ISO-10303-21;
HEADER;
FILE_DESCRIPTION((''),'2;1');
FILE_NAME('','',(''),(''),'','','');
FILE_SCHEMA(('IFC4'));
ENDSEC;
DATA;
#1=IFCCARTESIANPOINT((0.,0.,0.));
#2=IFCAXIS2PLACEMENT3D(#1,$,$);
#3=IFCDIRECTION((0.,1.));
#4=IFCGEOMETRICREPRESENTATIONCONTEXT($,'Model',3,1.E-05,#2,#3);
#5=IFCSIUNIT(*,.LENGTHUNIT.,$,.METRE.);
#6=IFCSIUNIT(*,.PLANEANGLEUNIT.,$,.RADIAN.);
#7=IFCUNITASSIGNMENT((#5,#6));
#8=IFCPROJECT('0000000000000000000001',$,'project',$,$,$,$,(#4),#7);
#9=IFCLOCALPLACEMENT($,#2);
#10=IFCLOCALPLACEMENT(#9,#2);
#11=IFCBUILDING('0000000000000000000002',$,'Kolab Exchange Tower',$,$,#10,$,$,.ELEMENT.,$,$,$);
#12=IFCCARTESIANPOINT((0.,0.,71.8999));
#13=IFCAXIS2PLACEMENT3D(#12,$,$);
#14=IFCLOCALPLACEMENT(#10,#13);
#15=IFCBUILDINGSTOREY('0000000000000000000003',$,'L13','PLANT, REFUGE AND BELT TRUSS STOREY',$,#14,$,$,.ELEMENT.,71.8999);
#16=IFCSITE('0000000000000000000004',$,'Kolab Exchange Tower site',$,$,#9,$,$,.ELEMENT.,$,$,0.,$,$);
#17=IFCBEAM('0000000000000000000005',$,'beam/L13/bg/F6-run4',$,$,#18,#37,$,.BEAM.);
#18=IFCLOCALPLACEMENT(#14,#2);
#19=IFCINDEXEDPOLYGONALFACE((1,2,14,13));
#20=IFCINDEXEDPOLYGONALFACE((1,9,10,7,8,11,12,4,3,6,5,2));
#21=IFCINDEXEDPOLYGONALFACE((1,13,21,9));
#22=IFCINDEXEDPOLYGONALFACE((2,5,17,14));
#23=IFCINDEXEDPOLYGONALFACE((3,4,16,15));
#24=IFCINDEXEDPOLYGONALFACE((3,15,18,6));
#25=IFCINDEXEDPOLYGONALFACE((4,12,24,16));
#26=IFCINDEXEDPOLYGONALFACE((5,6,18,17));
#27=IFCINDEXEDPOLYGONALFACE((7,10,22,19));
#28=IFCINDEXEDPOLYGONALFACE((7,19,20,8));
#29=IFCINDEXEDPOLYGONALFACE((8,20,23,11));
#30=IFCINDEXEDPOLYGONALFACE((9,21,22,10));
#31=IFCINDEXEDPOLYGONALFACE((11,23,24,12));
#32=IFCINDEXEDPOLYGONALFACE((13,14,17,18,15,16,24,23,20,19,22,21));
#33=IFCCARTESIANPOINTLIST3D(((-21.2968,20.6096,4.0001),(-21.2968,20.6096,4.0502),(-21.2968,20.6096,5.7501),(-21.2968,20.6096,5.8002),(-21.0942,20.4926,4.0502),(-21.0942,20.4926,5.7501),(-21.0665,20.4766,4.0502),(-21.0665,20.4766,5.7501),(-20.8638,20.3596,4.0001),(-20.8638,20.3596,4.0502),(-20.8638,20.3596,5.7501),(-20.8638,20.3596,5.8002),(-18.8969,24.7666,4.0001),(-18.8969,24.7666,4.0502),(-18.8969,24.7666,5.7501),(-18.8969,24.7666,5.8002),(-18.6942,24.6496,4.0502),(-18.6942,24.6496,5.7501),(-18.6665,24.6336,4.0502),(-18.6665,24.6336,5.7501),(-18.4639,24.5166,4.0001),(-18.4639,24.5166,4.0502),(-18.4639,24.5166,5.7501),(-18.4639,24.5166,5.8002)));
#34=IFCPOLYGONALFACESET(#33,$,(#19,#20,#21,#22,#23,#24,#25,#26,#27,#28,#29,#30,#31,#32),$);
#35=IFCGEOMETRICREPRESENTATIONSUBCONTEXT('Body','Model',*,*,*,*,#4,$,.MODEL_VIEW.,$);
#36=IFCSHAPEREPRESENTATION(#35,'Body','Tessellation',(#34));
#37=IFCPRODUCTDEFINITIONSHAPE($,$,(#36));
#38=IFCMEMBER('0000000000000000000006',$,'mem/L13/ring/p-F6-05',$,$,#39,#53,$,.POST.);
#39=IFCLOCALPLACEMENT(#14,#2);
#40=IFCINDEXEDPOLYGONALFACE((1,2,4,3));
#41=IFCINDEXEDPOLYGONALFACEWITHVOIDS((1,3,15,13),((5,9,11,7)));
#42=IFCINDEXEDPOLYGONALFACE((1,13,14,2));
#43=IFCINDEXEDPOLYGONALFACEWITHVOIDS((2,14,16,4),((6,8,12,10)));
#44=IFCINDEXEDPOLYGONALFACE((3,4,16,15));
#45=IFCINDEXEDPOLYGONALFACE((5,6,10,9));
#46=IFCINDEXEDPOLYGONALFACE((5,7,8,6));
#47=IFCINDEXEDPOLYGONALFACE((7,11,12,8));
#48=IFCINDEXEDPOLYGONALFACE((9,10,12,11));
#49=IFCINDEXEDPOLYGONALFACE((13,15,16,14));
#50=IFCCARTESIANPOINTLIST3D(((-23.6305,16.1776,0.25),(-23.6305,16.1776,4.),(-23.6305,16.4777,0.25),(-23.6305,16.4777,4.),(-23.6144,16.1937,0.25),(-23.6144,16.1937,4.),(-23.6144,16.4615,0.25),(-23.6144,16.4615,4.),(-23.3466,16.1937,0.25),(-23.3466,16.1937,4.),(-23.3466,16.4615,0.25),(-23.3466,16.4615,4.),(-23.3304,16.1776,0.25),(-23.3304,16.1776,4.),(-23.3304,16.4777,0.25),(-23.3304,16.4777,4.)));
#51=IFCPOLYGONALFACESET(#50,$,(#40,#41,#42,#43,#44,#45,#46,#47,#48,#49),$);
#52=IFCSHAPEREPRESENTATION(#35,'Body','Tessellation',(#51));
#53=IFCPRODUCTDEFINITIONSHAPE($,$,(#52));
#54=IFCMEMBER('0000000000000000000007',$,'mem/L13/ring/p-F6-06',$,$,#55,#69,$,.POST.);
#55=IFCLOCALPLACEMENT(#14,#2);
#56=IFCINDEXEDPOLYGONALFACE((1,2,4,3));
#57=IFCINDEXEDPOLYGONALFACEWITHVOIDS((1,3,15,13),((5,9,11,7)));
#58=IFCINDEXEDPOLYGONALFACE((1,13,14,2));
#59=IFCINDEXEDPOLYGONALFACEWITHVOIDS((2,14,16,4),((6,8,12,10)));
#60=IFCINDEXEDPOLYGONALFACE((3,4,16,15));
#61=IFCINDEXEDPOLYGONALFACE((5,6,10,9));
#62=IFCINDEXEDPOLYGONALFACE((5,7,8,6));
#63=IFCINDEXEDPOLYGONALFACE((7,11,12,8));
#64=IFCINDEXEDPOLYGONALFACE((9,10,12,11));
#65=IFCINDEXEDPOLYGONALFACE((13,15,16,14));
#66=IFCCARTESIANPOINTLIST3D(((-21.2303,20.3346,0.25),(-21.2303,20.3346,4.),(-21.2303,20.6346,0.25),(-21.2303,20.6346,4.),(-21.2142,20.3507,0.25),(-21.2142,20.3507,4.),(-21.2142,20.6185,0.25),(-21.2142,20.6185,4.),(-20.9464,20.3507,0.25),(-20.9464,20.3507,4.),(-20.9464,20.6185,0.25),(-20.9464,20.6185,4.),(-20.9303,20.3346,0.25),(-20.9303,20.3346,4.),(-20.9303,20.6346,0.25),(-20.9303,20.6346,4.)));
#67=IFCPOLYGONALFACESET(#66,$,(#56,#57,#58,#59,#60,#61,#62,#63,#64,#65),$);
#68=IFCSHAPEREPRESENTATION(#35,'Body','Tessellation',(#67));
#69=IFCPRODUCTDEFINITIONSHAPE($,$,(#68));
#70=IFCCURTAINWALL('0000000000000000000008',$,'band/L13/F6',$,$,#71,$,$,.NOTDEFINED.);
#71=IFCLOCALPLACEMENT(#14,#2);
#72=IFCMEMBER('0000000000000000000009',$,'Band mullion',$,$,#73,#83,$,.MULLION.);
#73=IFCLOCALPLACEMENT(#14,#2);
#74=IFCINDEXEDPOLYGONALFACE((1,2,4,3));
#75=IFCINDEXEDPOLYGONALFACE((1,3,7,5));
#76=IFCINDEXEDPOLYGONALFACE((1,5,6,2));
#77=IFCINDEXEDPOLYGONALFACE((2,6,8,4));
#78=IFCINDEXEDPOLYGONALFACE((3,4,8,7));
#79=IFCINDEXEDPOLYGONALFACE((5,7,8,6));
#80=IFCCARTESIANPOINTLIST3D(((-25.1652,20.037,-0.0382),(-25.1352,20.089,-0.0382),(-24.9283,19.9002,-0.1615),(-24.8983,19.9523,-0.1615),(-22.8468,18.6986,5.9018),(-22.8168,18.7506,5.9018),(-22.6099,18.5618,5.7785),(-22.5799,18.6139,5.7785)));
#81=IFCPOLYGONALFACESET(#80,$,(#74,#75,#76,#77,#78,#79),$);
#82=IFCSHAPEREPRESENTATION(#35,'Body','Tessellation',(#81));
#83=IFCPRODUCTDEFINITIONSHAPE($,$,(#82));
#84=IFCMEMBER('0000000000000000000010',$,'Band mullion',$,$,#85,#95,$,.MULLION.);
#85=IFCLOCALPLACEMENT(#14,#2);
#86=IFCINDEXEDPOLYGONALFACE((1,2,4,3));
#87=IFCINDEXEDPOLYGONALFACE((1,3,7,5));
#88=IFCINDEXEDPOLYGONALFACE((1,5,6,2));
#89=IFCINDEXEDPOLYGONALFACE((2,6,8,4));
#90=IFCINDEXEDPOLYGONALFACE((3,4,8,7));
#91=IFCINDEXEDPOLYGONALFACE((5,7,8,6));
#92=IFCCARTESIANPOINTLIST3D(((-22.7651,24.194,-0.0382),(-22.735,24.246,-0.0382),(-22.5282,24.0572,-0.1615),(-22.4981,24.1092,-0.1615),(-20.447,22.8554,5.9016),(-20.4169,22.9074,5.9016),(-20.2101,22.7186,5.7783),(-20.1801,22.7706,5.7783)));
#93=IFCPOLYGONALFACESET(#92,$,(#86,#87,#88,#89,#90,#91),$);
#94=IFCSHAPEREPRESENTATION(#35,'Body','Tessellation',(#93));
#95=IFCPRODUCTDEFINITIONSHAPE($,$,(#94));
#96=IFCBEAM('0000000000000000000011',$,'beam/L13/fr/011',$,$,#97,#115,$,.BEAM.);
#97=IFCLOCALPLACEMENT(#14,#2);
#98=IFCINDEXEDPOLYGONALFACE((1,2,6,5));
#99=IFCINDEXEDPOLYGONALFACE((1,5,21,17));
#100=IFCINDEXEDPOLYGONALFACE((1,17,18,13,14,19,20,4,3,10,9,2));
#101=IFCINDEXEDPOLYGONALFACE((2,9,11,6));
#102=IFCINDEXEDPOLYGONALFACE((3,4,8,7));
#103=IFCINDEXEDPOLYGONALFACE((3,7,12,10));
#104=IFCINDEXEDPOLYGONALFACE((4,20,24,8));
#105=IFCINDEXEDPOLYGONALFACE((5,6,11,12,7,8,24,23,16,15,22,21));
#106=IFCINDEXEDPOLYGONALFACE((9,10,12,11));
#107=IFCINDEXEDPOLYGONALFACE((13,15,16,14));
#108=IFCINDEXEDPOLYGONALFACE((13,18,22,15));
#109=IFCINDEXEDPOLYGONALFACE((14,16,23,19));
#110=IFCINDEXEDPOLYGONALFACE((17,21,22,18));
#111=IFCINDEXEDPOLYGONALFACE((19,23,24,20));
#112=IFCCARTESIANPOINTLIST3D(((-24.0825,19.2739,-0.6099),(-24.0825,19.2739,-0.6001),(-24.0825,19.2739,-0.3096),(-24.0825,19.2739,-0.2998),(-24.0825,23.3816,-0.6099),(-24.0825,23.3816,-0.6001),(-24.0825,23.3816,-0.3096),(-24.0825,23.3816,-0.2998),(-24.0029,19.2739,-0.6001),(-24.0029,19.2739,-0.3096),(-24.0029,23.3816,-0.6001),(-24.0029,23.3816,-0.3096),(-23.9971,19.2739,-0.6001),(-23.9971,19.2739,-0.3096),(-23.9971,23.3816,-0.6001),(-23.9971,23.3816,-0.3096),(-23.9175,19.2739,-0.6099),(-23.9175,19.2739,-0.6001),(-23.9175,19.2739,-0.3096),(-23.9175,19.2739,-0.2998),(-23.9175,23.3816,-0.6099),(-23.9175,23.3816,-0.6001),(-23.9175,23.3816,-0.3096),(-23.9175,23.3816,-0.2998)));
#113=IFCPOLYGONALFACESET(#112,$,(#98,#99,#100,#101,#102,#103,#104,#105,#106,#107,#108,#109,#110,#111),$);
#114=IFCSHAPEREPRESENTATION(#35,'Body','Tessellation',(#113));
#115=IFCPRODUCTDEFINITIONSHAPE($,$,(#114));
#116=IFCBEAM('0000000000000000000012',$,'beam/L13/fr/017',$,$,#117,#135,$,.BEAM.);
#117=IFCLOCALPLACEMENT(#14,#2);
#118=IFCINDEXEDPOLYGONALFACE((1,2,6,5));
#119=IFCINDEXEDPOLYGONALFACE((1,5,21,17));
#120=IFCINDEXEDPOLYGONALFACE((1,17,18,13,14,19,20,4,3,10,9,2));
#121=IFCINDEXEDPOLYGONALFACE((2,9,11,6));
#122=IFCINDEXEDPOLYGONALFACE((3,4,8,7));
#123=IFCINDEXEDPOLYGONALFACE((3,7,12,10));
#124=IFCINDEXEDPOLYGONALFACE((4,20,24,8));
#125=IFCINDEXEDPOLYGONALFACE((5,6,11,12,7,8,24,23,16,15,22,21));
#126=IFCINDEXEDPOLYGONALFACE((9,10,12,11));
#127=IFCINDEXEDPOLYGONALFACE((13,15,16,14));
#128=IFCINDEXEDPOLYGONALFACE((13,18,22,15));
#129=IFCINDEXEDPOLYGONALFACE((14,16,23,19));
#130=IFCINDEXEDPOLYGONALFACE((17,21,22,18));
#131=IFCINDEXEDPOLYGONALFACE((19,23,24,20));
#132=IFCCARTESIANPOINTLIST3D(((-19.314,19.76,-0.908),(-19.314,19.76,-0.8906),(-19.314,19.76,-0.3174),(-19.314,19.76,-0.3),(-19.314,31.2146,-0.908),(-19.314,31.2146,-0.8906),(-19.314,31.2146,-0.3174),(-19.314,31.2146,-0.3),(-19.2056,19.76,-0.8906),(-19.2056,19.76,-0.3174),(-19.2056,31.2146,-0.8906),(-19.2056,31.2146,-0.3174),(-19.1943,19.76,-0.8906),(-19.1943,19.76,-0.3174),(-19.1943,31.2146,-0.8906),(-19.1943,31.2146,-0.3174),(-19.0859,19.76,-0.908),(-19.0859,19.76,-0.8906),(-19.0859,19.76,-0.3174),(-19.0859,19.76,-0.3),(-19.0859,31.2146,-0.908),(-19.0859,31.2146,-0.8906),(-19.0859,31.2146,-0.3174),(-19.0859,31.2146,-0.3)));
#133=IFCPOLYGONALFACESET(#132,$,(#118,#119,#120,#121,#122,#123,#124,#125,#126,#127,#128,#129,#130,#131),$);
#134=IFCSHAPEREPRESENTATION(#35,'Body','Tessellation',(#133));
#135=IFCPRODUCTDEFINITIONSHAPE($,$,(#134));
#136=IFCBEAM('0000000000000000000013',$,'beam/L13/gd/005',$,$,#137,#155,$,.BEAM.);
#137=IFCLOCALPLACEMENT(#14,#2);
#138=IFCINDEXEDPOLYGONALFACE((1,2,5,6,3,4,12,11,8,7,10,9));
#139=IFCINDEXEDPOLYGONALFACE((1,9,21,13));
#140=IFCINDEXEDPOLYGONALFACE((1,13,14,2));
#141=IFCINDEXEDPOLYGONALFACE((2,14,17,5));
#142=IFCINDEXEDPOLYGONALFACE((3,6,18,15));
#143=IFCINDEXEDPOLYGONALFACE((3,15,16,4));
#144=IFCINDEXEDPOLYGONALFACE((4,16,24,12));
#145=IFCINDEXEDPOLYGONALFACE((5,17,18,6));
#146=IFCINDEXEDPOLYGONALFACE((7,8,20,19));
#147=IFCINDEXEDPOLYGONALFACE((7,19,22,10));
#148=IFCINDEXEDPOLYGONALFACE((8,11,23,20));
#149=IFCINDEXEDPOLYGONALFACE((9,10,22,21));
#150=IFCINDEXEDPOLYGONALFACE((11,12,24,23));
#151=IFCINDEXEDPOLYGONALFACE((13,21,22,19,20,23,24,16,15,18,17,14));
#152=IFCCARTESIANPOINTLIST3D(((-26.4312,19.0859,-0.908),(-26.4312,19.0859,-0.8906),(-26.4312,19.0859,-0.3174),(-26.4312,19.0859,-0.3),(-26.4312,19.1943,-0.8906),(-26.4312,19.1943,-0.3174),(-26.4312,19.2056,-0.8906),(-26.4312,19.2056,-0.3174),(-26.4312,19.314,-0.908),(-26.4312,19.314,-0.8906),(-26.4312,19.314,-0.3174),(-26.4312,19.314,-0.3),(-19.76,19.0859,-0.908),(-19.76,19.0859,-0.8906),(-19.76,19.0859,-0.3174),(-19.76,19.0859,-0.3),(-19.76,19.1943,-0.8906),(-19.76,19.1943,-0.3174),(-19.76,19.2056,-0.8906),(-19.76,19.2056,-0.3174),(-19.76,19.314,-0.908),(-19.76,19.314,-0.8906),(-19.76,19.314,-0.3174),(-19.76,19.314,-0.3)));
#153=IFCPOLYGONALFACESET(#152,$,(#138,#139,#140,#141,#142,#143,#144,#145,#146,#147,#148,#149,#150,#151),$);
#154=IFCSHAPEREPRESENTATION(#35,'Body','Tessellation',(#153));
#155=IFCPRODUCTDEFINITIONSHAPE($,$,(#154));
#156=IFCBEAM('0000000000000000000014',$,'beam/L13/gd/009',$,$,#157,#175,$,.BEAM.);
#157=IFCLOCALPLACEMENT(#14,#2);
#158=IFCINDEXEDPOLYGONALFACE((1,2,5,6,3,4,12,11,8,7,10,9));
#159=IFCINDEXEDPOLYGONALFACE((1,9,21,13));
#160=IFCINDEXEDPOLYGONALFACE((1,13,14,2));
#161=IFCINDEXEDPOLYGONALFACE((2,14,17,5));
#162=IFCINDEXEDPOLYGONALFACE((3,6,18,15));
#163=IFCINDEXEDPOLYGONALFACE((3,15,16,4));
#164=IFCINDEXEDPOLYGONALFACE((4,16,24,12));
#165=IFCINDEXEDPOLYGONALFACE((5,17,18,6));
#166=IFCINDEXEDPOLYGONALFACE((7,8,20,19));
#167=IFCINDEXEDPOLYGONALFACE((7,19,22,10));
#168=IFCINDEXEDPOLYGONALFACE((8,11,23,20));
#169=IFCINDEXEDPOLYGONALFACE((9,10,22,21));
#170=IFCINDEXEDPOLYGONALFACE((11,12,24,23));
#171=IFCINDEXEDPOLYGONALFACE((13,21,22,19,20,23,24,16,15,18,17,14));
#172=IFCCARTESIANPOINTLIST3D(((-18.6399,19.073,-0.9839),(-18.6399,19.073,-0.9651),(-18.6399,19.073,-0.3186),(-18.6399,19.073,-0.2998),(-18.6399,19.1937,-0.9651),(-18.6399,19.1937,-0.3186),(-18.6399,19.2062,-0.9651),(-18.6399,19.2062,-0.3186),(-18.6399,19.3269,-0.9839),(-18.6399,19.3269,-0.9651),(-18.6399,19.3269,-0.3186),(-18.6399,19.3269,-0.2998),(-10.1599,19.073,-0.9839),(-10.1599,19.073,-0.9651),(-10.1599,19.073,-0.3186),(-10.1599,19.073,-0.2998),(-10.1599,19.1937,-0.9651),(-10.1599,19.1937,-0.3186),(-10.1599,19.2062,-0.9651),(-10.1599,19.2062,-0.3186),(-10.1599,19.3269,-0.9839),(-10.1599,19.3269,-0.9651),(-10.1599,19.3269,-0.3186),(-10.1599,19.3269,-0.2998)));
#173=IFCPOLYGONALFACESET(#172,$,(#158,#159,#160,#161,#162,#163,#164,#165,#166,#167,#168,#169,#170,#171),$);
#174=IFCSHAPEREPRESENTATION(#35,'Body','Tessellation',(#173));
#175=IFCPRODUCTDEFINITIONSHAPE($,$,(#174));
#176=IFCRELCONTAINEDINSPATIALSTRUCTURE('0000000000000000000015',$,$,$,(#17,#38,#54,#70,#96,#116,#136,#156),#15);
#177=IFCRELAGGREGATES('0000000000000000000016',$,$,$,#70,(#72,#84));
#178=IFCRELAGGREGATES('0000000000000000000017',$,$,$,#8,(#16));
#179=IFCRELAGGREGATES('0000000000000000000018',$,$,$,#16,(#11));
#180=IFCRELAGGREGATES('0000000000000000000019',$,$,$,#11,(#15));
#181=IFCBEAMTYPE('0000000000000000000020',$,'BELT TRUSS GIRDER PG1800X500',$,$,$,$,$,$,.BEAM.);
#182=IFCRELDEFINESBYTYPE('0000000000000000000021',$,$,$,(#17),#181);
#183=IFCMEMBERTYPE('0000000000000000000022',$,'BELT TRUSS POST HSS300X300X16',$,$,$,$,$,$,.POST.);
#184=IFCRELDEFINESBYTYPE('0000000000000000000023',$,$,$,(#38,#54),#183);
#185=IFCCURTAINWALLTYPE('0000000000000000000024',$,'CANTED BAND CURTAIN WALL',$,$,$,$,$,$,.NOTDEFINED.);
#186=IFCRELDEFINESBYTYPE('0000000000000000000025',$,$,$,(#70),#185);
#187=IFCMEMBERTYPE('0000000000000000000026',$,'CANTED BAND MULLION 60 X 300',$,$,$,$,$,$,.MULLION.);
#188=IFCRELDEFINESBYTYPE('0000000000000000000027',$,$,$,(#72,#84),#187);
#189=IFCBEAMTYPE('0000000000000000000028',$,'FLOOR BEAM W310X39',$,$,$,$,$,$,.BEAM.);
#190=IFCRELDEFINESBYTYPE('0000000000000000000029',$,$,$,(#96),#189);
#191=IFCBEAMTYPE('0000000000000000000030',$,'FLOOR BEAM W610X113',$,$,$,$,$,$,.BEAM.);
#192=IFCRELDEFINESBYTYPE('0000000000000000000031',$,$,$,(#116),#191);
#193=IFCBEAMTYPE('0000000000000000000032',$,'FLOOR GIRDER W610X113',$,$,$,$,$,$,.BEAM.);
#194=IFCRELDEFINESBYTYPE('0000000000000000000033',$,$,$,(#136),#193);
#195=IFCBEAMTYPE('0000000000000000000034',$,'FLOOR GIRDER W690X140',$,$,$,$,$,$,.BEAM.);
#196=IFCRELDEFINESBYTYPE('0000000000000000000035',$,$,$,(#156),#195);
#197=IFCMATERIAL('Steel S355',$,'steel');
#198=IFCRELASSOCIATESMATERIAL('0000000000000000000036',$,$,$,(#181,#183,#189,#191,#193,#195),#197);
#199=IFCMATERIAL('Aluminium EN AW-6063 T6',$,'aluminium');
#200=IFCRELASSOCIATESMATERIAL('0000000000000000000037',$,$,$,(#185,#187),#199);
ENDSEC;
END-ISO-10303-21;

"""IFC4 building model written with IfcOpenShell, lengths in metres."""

from ifc_helpers import new_model, si_unit, direction, frame, origin, origin_2d, place, context, subcontext, project, spatial, rectangle, hollow_rectangle, i_section, extrude, material, material_profile, profile_set, type_object, element, aggregate, save


model = new_model("IFC4")

# Units and contexts
model_context = context("Model", 3, precision=1e-05, world=origin(), true_north=direction((0.0, 1.0)))
body_context = subcontext(model_context, "Body", "Model", "MODEL_VIEW")
ifc_project = project(units=[si_unit("LENGTHUNIT", "METRE"), si_unit("PLANEANGLEUNIT", "RADIAN")], contexts=[model_context])

# Site, building, storey
site_placement = place(None, origin())
site = spatial("IfcSite", under=ifc_project, at=site_placement, Name="Kolab Exchange Tower site", CompositionType="ELEMENT", RefElevation=0.0)
building_placement = place(site_placement, origin())
building = spatial("IfcBuilding", under=site, at=building_placement, Name="Kolab Exchange Tower", CompositionType="ELEMENT")
storey_placement = place(building_placement, frame((0.0, 0.0, 71.8999)))
storey = spatial("IfcBuildingStorey", under=building, at=storey_placement, Name="L13", Description="PLANT, REFUGE AND BELT TRUSS STOREY", CompositionType="ELEMENT", Elevation=71.8999)

# Shared definitions
ifc_material_1 = material(Name="Steel S355", Category="steel")

# Beam
ifc_material_profile_1 = material_profile(ifc_material_1, i_section(OverallWidth=0.5, OverallDepth=1.8, WebThickness=0.032, FlangeThickness=0.05, at=origin_2d()), Name="PG1800X500")
ifc_profile_set_1 = profile_set([ifc_material_profile_1], Name="Steel S355")
beam_type_1 = type_object("IfcBeamType", Name="BELT TRUSS GIRDER PG1800X500", PredefinedType="BEAM", material=ifc_profile_set_1)
for number, where, z_axis, x_axis, name in (
    (1, (-21.0803, 20.4846, 4.9001), (0.499979, 0.866037, 0.0), (-0.866037, 0.499979, 0.0), "beam/L13/bg/F6-run4"),
):
    element("IfcBeam", number, at=place(storey_placement, frame(where, z_axis=z_axis, x_axis=x_axis)), inside=storey, type_object=beam_type_1, Name=name, PredefinedType="BEAM", context=body_context, shape_type="SweptSolid", body=[
        extrude(i_section(OverallWidth=0.5, OverallDepth=1.8, WebThickness=0.032, FlangeThickness=0.05, at=origin_2d()), origin(), (0.0, 0.0, 1.0), 4.8),
    ])

# Members
ifc_material_profile_2 = material_profile(ifc_material_1, hollow_rectangle(XDim=0.3, YDim=0.3, WallThickness=0.0161, at=origin_2d()), Name="HSS300X300X16")
ifc_profile_set_2 = profile_set([ifc_material_profile_2], Name="Steel S355")
member_type_1 = type_object("IfcMemberType", Name="BELT TRUSS POST HSS300X300X16", PredefinedType="POST", material=ifc_profile_set_2)
for number, where, z_axis, x_axis, name in (
    (2, (-23.4805, 16.3276, 0.25), (0.0, 0.0, 1.0), (1.0, 0.0, 0.0), "mem/L13/ring/p-F6-05"),
    (3, (-21.0803, 20.4846, 0.25), (0.0, 0.0, 1.0), (1.0, 0.0, 0.0), "mem/L13/ring/p-F6-06"),
):
    element("IfcMember", number, at=place(storey_placement, frame(where, z_axis=z_axis, x_axis=x_axis)), inside=storey, type_object=member_type_1, Name=name, PredefinedType="POST", context=body_context, shape_type="SweptSolid", body=[
        extrude(hollow_rectangle(XDim=0.3, YDim=0.3, WallThickness=0.0161, at=origin_2d()), origin(), (0.0, 0.0, 1.0), 3.75),
    ])

# Curtain wall, members
ifc_material_2 = material(Name="Aluminium EN AW-6063 T6", Category="aluminium")
curtain_wall_type = type_object("IfcCurtainWallType", Name="CANTED BAND CURTAIN WALL", PredefinedType="NOTDEFINED", material=ifc_material_2)
curtain_wall_placement = place(storey_placement, origin())
curtain_wall = element("IfcCurtainWall", 4, at=curtain_wall_placement, inside=storey, type_object=curtain_wall_type, Name="band/L13/F6", PredefinedType="NOTDEFINED")
ifc_material_profile_3 = material_profile(ifc_material_2, rectangle(XDim=0.0601, YDim=0.3, at=origin_2d()), Name="RECT 60X300")
ifc_profile_set_3 = profile_set([ifc_material_profile_3], Name="Aluminium EN AW-6063 T6")
member_type_2 = type_object("IfcMemberType", Name="CANTED BAND MULLION 60 X 300", PredefinedType="MULLION", material=ifc_profile_set_3)
member_1_placement = place(storey_placement, frame((-25.0317, 19.9946, -0.0999), z_axis=(0.355834, -0.205421, 0.911693), x_axis=(0.499965, 0.866046, 0.0)))
member_1 = element("IfcMember", 5, at=member_1_placement, type_object=member_type_2, Name="Band mullion", PredefinedType="MULLION", context=body_context, shape_type="SweptSolid", body=[
    extrude(rectangle(XDim=0.0601, YDim=0.3, at=origin_2d()), origin(), (0.0, 0.0, 1.0), 6.5154),
])
member_2_placement = place(storey_placement, frame((-22.6316, 24.1516, -0.0999), z_axis=(0.355798, -0.20546, 0.911698), x_axis=(0.500072, 0.865984, 0.0)))
member_2 = element("IfcMember", 6, at=member_2_placement, type_object=member_type_2, Name="Band mullion", PredefinedType="MULLION", context=body_context, shape_type="SweptSolid", body=[
    extrude(rectangle(XDim=0.0601, YDim=0.3, at=origin_2d()), origin(), (0.0, 0.0, 1.0), 6.5151),
])

# Beams
ifc_material_profile_4 = material_profile(ifc_material_1, i_section(OverallWidth=0.165, OverallDepth=0.3101, WebThickness=0.0059, FlangeThickness=0.0098, at=origin_2d()), Name="W310X39")
ifc_profile_set_4 = profile_set([ifc_material_profile_4], Name="Steel S355")
beam_type_2 = type_object("IfcBeamType", Name="FLOOR BEAM W310X39", PredefinedType="BEAM", material=ifc_profile_set_4)
beam_1_placement = place(storey_placement, frame((-24.0, 19.2739, -0.4548), z_axis=(0.0, 1.0, 0.0), x_axis=(-1.0, 0.0, 0.0)))
element("IfcBeam", 7, at=beam_1_placement, inside=storey, type_object=beam_type_2, Name="beam/L13/fr/011", PredefinedType="BEAM", context=body_context, shape_type="SweptSolid", body=[
    extrude(i_section(OverallWidth=0.165, OverallDepth=0.3101, WebThickness=0.0059, FlangeThickness=0.0098, at=origin_2d()), origin(), (0.0, 0.0, 1.0), 4.1077),
])
ifc_material_profile_5 = material_profile(ifc_material_1, i_section(OverallWidth=0.228, OverallDepth=0.6079, WebThickness=0.0112, FlangeThickness=0.0173, at=origin_2d()), Name="W610X113")
ifc_profile_set_5 = profile_set([ifc_material_profile_5], Name="Steel S355")
beam_type_3 = type_object("IfcBeamType", Name="FLOOR BEAM W610X113", PredefinedType="BEAM", material=ifc_profile_set_5)
beam_2_placement = place(storey_placement, frame((-19.2, 19.76, -0.604), z_axis=(0.0, 1.0, 0.0), x_axis=(-1.0, 0.0, 0.0)))
element("IfcBeam", 8, at=beam_2_placement, inside=storey, type_object=beam_type_3, Name="beam/L13/fr/017", PredefinedType="BEAM", context=body_context, shape_type="SweptSolid", body=[
    extrude(i_section(OverallWidth=0.228, OverallDepth=0.6079, WebThickness=0.0112, FlangeThickness=0.0173, at=origin_2d()), origin(), (0.0, 0.0, 1.0), 11.4546),
])
ifc_material_profile_6 = material_profile(ifc_material_1, i_section(OverallWidth=0.228, OverallDepth=0.6079, WebThickness=0.0112, FlangeThickness=0.0173, at=origin_2d()), Name="W610X113")
ifc_profile_set_6 = profile_set([ifc_material_profile_6], Name="Steel S355")
beam_type_4 = type_object("IfcBeamType", Name="FLOOR GIRDER W610X113", PredefinedType="BEAM", material=ifc_profile_set_6)
beam_3_placement = place(storey_placement, frame((-26.4312, 19.2, -0.604), z_axis=(1.0, 0.0, 0.0), x_axis=(0.0, 1.0, 0.0)))
element("IfcBeam", 9, at=beam_3_placement, inside=storey, type_object=beam_type_4, Name="beam/L13/gd/005", PredefinedType="BEAM", context=body_context, shape_type="SweptSolid", body=[
    extrude(i_section(OverallWidth=0.228, OverallDepth=0.6079, WebThickness=0.0112, FlangeThickness=0.0173, at=origin_2d()), origin(), (0.0, 0.0, 1.0), 6.6711),
])
ifc_material_profile_7 = material_profile(ifc_material_1, i_section(OverallWidth=0.2539, OverallDepth=0.6841, WebThickness=0.0125, FlangeThickness=0.0188, at=origin_2d()), Name="W690X140")
ifc_profile_set_7 = profile_set([ifc_material_profile_7], Name="Steel S355")
beam_type_5 = type_object("IfcBeamType", Name="FLOOR GIRDER W690X140", PredefinedType="BEAM", material=ifc_profile_set_7)
beam_4_placement = place(storey_placement, frame((-18.6399, 19.2, -0.6418), z_axis=(1.0, 0.0, 0.0), x_axis=(0.0, 1.0, 0.0)))
element("IfcBeam", 10, at=beam_4_placement, inside=storey, type_object=beam_type_5, Name="beam/L13/gd/009", PredefinedType="BEAM", context=body_context, shape_type="SweptSolid", body=[
    extrude(i_section(OverallWidth=0.2539, OverallDepth=0.6841, WebThickness=0.0125, FlangeThickness=0.0188, at=origin_2d()), origin(), (0.0, 0.0, 1.0), 8.48),
])

aggregate(curtain_wall, [member_1, member_2])

save(model, "model.ifc")
